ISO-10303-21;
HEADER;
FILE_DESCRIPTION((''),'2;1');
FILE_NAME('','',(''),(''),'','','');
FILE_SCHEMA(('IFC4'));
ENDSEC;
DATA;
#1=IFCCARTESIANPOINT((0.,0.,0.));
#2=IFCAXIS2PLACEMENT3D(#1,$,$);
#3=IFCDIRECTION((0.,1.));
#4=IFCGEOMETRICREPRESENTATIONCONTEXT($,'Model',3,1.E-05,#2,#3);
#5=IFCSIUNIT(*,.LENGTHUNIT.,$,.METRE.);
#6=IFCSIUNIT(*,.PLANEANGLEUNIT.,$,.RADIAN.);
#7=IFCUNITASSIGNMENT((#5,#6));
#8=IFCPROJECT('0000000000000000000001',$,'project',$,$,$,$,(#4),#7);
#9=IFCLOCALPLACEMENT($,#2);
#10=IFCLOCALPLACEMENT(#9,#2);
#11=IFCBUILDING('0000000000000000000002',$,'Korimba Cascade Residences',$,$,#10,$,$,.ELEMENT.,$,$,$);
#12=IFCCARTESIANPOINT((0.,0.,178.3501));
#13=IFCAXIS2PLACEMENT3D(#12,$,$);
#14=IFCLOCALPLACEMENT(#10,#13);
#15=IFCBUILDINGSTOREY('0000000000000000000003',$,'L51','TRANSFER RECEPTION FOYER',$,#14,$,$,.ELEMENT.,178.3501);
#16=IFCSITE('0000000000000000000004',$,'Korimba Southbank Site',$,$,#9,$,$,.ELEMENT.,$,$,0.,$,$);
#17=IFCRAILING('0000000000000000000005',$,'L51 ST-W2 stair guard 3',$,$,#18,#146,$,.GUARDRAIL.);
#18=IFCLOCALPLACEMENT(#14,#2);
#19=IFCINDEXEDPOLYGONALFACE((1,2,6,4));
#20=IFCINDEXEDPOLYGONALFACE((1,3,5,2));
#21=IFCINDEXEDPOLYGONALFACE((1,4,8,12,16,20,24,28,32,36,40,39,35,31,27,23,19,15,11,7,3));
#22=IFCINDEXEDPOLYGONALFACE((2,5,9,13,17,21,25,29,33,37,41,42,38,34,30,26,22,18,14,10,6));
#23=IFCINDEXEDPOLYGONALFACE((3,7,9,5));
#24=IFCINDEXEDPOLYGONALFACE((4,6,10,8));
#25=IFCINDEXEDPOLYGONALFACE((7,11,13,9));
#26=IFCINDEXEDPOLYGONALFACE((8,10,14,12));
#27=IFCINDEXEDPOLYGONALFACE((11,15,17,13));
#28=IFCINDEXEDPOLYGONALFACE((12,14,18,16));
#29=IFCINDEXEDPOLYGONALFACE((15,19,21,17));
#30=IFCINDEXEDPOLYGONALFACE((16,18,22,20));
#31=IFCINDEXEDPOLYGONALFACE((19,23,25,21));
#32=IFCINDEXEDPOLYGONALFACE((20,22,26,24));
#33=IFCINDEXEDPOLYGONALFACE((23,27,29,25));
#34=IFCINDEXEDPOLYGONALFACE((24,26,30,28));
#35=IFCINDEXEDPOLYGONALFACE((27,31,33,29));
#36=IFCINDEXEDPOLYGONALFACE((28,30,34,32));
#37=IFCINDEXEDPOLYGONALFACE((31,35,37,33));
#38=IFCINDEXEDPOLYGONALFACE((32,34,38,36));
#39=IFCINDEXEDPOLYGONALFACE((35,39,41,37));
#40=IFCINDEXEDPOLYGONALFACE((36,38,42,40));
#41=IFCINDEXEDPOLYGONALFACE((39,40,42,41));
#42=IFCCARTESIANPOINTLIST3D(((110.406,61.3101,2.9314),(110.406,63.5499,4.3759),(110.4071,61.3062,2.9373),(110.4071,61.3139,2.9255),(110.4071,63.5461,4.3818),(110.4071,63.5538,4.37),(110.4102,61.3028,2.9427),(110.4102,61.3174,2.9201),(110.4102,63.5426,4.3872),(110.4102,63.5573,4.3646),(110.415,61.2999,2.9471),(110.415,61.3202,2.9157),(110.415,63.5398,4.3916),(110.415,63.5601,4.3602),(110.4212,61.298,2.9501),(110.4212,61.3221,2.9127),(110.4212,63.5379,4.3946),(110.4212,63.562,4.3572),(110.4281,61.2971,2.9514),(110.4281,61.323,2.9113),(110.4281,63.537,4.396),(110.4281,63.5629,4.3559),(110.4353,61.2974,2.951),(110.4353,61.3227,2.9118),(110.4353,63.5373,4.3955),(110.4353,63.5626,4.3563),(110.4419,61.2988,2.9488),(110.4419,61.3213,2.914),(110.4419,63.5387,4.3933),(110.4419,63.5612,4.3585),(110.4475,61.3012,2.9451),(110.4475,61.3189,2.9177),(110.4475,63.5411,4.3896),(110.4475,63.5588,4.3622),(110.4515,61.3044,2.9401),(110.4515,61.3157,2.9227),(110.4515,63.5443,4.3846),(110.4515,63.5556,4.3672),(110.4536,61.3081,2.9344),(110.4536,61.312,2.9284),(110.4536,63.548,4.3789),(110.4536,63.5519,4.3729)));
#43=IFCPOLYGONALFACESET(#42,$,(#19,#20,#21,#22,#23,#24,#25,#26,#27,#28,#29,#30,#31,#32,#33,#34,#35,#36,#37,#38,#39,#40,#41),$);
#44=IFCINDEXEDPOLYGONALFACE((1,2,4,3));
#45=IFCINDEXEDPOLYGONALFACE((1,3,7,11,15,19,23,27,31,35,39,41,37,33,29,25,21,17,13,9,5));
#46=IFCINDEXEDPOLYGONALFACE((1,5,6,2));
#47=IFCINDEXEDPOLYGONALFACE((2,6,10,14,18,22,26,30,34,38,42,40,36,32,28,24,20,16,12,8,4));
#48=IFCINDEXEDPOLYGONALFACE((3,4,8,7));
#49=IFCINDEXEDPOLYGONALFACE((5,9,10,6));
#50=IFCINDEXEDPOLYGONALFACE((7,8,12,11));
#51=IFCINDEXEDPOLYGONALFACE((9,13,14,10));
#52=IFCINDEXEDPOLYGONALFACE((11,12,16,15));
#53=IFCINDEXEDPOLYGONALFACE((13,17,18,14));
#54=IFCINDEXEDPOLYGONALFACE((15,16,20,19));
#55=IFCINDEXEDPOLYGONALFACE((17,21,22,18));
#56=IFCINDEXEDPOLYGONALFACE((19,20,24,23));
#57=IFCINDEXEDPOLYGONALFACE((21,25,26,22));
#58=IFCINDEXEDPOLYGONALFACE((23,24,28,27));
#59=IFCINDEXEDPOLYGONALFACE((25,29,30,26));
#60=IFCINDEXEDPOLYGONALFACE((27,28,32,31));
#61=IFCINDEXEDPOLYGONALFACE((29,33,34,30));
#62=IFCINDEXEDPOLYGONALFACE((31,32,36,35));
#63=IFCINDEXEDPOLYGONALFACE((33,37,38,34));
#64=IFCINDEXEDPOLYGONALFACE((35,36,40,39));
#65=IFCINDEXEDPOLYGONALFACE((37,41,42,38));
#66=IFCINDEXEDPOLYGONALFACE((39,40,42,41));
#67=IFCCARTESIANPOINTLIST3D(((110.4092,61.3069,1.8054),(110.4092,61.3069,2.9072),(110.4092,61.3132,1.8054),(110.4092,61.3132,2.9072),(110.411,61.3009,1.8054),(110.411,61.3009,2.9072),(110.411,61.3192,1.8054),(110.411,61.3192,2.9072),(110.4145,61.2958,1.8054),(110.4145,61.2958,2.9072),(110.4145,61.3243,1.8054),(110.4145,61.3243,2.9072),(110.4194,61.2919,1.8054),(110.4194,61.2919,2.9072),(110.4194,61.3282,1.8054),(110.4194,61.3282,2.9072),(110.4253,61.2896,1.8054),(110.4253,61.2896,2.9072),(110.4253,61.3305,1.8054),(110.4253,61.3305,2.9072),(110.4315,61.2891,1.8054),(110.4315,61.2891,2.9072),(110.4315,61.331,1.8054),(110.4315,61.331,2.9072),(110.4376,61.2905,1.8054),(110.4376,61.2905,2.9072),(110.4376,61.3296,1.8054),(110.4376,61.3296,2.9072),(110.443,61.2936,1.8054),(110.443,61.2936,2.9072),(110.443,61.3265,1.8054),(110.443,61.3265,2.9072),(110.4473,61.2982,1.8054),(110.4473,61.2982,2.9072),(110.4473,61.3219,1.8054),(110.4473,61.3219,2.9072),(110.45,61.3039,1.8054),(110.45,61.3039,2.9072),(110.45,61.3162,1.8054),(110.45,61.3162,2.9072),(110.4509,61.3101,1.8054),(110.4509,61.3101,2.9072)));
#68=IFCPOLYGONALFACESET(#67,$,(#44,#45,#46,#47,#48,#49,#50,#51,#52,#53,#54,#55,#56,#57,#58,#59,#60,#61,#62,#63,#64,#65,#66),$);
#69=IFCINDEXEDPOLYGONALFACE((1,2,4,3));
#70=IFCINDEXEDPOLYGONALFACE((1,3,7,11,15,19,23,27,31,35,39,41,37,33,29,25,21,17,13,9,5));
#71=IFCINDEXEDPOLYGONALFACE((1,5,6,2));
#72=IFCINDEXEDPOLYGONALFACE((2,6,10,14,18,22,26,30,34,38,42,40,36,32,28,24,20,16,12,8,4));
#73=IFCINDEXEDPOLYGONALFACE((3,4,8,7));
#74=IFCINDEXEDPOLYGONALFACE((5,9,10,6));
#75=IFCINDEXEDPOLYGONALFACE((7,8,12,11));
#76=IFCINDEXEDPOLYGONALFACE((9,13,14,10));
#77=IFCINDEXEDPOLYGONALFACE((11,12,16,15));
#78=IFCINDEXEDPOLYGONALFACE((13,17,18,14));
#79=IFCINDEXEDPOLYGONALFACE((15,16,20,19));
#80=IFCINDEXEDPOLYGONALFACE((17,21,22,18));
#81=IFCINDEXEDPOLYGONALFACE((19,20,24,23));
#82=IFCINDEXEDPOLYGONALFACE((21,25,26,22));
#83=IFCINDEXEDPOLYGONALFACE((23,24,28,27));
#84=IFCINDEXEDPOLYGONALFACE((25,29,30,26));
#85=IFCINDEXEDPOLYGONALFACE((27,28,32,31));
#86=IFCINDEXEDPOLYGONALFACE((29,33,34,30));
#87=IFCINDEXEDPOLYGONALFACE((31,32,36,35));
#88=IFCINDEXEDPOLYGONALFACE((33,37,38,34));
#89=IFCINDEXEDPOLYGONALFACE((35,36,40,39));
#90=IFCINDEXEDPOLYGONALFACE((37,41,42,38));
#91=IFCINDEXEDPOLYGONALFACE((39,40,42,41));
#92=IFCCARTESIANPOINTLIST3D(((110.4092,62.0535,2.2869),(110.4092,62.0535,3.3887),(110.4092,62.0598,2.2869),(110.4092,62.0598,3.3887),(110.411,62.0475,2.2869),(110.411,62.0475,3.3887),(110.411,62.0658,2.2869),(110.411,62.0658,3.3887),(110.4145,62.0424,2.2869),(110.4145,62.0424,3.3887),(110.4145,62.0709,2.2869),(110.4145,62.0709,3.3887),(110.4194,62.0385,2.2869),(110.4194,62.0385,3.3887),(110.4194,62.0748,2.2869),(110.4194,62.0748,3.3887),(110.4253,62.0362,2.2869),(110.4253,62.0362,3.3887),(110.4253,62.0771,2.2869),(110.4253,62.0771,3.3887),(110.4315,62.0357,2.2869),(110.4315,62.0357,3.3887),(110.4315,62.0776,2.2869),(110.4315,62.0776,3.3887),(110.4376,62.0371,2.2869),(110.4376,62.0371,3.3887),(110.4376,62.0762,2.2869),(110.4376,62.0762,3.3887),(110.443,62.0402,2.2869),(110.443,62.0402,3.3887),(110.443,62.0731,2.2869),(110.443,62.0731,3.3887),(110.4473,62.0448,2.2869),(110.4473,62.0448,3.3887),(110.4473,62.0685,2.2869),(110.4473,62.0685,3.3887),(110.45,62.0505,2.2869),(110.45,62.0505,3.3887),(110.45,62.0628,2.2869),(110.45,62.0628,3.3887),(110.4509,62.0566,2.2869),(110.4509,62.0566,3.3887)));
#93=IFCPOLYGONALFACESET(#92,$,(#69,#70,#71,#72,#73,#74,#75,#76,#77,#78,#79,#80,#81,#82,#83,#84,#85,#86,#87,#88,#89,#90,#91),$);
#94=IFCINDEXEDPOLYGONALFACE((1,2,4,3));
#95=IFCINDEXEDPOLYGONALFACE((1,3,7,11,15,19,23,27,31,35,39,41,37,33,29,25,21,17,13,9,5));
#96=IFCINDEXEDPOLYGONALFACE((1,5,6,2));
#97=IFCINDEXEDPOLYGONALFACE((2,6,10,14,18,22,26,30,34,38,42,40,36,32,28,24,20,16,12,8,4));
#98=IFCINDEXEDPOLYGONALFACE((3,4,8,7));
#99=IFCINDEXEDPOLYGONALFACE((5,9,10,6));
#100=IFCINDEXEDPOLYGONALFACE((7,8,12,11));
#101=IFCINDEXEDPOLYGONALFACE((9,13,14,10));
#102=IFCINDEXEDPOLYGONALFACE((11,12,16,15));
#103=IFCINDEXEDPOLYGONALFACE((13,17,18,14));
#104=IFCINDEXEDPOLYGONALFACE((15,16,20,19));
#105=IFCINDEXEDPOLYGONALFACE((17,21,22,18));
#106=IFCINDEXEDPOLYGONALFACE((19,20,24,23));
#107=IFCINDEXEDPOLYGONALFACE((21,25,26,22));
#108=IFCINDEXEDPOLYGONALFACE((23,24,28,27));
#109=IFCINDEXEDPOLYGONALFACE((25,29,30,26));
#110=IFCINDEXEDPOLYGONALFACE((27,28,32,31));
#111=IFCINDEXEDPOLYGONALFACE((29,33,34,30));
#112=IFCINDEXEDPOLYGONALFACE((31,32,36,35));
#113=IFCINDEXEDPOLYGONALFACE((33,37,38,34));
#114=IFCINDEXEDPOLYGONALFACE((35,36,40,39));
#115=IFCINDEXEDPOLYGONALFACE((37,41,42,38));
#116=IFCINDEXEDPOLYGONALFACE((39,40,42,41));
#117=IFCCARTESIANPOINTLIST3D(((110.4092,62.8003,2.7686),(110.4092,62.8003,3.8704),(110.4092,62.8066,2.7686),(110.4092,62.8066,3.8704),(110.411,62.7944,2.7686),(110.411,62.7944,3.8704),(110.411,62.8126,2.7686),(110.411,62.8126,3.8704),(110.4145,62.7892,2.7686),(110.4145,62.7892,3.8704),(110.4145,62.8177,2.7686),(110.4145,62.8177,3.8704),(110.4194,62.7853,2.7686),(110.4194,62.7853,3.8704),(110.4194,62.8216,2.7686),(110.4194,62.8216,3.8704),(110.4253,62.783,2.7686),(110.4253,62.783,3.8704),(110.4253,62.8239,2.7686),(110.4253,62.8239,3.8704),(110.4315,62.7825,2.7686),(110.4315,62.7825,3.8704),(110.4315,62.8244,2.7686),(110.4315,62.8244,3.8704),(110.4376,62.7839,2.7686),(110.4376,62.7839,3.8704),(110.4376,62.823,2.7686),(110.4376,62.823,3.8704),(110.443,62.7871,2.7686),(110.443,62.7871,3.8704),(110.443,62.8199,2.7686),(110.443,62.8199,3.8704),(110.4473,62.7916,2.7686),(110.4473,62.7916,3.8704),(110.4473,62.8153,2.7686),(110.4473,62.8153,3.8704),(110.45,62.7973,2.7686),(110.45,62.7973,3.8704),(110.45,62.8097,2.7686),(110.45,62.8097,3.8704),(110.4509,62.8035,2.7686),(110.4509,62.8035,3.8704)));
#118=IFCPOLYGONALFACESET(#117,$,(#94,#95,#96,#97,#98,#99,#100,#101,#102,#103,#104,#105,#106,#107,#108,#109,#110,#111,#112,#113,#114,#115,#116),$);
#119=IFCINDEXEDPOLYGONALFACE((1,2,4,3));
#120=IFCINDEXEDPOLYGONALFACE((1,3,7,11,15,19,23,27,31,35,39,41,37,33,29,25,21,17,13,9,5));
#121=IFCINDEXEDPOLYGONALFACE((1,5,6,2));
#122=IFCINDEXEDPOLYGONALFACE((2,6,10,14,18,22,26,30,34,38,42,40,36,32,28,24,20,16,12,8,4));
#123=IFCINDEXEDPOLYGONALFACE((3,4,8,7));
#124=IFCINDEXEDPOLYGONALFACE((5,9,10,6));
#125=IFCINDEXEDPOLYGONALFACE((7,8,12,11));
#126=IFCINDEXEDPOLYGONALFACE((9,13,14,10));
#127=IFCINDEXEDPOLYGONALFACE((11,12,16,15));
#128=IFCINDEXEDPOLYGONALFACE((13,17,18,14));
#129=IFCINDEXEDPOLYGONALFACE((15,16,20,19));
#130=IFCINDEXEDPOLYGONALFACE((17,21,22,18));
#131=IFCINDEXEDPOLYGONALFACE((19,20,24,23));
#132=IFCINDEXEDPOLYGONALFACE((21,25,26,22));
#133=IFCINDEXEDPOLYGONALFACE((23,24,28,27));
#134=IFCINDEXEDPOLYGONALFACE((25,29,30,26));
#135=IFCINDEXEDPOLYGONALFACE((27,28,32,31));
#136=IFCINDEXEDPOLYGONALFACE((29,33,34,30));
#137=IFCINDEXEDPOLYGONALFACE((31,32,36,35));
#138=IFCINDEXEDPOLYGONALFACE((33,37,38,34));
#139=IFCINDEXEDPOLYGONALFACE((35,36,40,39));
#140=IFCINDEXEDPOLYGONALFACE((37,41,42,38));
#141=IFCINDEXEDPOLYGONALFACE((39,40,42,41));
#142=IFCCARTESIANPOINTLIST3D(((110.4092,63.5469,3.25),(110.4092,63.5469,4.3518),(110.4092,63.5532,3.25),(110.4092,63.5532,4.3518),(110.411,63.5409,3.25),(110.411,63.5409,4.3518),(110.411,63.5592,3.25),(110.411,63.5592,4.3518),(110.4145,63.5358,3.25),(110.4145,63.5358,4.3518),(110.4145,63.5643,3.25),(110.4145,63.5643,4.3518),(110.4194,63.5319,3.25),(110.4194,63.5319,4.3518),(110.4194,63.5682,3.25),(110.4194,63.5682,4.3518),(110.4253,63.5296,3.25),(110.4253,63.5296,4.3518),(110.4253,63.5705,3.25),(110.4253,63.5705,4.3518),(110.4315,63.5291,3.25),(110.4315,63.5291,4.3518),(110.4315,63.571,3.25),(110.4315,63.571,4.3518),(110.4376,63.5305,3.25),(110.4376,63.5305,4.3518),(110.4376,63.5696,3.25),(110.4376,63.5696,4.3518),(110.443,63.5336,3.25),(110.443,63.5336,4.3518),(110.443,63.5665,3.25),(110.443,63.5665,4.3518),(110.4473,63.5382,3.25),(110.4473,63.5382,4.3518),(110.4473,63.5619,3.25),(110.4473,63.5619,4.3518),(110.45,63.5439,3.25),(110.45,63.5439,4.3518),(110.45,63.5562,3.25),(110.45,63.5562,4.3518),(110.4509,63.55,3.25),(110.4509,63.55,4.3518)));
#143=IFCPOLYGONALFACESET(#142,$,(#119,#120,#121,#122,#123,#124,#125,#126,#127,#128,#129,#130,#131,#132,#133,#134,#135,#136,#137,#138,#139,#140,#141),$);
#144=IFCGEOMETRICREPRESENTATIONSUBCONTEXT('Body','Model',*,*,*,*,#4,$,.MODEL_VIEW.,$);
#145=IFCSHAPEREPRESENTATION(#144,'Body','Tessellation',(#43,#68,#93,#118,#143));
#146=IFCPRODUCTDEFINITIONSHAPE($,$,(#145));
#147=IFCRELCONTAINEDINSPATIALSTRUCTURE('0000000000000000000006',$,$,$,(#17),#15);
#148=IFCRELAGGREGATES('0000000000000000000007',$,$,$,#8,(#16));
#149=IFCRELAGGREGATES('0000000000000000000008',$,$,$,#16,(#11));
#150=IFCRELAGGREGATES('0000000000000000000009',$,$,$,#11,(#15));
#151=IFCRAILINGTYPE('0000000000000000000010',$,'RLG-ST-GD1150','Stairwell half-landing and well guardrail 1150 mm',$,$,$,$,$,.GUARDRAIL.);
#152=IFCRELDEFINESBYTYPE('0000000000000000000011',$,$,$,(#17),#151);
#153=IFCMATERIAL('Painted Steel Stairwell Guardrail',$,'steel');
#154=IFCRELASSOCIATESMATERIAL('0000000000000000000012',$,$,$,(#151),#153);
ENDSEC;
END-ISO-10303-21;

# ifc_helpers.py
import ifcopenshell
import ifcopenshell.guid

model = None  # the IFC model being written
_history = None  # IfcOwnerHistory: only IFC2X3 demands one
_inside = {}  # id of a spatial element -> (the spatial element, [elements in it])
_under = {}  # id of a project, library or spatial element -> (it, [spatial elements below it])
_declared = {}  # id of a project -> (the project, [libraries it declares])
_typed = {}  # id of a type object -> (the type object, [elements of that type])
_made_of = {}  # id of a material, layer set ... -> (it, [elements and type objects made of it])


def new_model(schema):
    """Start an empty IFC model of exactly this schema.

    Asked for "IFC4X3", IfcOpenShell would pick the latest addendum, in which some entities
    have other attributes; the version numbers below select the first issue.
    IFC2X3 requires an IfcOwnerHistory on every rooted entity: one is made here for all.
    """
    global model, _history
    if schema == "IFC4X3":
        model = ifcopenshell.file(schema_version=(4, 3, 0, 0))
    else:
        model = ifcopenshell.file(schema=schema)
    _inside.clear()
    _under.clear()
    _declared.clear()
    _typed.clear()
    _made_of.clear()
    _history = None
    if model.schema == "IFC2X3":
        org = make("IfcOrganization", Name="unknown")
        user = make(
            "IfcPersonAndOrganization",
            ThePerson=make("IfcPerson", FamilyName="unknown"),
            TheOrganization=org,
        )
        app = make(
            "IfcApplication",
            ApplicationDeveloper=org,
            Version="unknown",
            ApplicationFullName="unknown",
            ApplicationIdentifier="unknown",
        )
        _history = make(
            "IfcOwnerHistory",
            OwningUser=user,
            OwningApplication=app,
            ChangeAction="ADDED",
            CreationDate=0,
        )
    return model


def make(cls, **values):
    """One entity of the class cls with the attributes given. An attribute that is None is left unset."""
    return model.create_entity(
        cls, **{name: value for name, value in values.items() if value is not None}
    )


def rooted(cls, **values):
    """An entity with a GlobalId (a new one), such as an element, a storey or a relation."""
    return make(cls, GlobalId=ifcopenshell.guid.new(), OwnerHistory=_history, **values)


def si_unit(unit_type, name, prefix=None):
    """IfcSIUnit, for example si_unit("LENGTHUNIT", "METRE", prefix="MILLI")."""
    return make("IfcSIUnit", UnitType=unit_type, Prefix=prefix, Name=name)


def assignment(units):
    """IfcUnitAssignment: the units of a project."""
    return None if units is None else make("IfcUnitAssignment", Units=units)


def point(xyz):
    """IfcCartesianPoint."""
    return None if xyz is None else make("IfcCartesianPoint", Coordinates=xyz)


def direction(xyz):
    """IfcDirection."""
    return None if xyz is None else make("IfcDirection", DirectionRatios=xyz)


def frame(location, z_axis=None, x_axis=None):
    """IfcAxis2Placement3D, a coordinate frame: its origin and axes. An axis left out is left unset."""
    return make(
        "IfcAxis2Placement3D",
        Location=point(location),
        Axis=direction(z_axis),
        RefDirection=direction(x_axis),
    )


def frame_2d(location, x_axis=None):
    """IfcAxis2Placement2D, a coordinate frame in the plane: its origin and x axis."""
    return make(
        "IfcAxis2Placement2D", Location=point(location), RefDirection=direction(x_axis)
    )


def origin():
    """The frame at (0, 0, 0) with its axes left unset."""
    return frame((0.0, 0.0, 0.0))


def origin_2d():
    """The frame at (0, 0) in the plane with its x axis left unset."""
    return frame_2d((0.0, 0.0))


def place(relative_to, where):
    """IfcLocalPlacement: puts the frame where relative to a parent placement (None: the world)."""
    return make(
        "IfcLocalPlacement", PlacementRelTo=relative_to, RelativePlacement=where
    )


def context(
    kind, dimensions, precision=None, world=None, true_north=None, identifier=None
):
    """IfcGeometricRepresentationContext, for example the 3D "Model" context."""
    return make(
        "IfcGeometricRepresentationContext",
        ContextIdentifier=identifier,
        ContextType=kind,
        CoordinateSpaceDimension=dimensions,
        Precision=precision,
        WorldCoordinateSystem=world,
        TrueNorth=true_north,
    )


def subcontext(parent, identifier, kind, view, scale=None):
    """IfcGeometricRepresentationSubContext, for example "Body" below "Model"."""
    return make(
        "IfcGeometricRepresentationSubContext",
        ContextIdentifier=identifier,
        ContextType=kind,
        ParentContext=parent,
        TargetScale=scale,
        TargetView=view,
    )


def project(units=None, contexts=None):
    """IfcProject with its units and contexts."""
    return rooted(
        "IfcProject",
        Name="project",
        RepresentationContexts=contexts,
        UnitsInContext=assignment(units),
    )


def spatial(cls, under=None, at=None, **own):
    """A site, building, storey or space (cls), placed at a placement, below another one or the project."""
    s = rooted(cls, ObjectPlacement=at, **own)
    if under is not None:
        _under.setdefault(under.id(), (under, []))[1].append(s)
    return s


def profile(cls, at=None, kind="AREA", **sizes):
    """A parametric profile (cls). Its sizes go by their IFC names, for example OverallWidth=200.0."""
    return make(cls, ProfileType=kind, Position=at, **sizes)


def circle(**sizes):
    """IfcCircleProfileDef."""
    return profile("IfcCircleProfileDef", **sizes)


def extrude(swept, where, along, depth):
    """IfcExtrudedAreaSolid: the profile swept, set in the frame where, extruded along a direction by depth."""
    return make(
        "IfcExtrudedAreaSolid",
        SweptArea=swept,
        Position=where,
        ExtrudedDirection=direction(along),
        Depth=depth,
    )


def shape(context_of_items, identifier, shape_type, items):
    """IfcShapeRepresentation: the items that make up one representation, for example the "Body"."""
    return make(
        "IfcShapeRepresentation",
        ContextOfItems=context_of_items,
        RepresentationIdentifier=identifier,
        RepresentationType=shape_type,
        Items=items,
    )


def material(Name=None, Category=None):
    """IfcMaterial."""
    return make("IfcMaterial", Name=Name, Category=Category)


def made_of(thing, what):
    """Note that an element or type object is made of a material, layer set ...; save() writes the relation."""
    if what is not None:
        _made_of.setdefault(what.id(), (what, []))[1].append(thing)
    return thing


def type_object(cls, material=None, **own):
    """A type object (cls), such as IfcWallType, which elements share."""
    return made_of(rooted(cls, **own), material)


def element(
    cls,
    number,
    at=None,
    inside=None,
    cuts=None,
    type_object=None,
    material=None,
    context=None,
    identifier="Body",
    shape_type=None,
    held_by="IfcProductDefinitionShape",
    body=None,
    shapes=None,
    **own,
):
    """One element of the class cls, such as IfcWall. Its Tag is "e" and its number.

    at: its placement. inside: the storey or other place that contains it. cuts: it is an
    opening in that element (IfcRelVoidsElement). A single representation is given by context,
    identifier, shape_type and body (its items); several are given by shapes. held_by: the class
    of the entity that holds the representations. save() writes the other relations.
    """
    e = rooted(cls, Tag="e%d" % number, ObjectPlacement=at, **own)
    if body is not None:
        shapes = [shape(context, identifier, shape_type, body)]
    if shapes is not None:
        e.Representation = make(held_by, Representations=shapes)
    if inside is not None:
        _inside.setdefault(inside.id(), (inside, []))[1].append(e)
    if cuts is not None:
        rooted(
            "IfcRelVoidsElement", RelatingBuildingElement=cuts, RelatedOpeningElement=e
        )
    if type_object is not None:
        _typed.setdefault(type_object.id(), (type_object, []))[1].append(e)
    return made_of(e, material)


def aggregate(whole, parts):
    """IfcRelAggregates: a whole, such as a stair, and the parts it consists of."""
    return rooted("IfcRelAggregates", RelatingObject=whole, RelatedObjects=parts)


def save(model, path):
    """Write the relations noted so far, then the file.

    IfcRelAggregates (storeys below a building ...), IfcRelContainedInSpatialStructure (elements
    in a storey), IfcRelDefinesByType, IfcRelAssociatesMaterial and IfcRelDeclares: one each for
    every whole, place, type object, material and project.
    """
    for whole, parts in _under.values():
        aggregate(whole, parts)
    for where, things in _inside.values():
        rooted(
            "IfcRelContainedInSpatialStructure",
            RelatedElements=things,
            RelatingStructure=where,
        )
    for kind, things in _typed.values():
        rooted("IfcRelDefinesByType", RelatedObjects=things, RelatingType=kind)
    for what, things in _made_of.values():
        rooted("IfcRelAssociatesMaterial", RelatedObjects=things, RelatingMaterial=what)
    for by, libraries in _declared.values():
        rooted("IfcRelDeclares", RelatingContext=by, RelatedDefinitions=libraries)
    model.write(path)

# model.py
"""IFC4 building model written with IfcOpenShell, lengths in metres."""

from ifc_helpers import new_model, si_unit, direction, frame, origin, origin_2d, place, context, subcontext, project, spatial, circle, extrude, material, type_object, element, save


model = new_model("IFC4")

# Units and contexts
model_context = context("Model", 3, precision=1e-05, world=origin(), true_north=direction((0.0, 1.0)))
body_context = subcontext(model_context, "Body", "Model", "MODEL_VIEW")
ifc_project = project(units=[si_unit("LENGTHUNIT", "METRE"), si_unit("PLANEANGLEUNIT", "RADIAN")], contexts=[model_context])

# Site, building, storey
site_placement = place(None, origin())
site = spatial("IfcSite", under=ifc_project, at=site_placement, Name="Korimba Southbank Site", CompositionType="ELEMENT", RefElevation=0.0)
building_placement = place(site_placement, origin())
building = spatial("IfcBuilding", under=site, at=building_placement, Name="Korimba Cascade Residences", CompositionType="ELEMENT")
storey_placement = place(building_placement, frame((0.0, 0.0, 178.3501)))
storey = spatial("IfcBuildingStorey", under=building, at=storey_placement, Name="L51", Description="TRANSFER RECEPTION FOYER", CompositionType="ELEMENT", Elevation=178.3501)

# Railing
ifc_material_1 = material(Name="Painted Steel Stairwell Guardrail", Category="steel")
railing_type = type_object("IfcRailingType", Name="RLG-ST-GD1150", Description="Stairwell half-landing and well guardrail 1150 mm", PredefinedType="GUARDRAIL", material=ifc_material_1)
railing_1_placement = place(storey_placement, frame((110.4299, 61.3101, 1.8054)))
element("IfcRailing", 1, at=railing_1_placement, inside=storey, type_object=railing_type, Name="L51 ST-W2 stair guard 3", PredefinedType="GUARDRAIL", context=body_context, shape_type="SweptSolid", body=[
    extrude(circle(Radius=0.0239, at=origin_2d()), frame((0.0, 0.0, 1.126), z_axis=(0.0, 0.840395, 0.541975), x_axis=(-1.0, 0.0, 0.0)), (0.0, 0.0, 1.0), 2.6653),
    extrude(circle(Radius=0.021, at=origin_2d()), origin(), (0.0, 0.0, 1.0), 1.1018),
    extrude(circle(Radius=0.021, at=origin_2d()), frame((0.0, 0.7466, 0.4814)), (0.0, 0.0, 1.0), 1.1018),
    extrude(circle(Radius=0.021, at=origin_2d()), frame((0.0, 1.4934, 0.9631)), (0.0, 0.0, 1.0), 1.1018),
    extrude(circle(Radius=0.021, at=origin_2d()), frame((0.0, 2.24, 1.4446)), (0.0, 0.0, 1.0), 1.1018),
])

save(model, "model.ifc")
